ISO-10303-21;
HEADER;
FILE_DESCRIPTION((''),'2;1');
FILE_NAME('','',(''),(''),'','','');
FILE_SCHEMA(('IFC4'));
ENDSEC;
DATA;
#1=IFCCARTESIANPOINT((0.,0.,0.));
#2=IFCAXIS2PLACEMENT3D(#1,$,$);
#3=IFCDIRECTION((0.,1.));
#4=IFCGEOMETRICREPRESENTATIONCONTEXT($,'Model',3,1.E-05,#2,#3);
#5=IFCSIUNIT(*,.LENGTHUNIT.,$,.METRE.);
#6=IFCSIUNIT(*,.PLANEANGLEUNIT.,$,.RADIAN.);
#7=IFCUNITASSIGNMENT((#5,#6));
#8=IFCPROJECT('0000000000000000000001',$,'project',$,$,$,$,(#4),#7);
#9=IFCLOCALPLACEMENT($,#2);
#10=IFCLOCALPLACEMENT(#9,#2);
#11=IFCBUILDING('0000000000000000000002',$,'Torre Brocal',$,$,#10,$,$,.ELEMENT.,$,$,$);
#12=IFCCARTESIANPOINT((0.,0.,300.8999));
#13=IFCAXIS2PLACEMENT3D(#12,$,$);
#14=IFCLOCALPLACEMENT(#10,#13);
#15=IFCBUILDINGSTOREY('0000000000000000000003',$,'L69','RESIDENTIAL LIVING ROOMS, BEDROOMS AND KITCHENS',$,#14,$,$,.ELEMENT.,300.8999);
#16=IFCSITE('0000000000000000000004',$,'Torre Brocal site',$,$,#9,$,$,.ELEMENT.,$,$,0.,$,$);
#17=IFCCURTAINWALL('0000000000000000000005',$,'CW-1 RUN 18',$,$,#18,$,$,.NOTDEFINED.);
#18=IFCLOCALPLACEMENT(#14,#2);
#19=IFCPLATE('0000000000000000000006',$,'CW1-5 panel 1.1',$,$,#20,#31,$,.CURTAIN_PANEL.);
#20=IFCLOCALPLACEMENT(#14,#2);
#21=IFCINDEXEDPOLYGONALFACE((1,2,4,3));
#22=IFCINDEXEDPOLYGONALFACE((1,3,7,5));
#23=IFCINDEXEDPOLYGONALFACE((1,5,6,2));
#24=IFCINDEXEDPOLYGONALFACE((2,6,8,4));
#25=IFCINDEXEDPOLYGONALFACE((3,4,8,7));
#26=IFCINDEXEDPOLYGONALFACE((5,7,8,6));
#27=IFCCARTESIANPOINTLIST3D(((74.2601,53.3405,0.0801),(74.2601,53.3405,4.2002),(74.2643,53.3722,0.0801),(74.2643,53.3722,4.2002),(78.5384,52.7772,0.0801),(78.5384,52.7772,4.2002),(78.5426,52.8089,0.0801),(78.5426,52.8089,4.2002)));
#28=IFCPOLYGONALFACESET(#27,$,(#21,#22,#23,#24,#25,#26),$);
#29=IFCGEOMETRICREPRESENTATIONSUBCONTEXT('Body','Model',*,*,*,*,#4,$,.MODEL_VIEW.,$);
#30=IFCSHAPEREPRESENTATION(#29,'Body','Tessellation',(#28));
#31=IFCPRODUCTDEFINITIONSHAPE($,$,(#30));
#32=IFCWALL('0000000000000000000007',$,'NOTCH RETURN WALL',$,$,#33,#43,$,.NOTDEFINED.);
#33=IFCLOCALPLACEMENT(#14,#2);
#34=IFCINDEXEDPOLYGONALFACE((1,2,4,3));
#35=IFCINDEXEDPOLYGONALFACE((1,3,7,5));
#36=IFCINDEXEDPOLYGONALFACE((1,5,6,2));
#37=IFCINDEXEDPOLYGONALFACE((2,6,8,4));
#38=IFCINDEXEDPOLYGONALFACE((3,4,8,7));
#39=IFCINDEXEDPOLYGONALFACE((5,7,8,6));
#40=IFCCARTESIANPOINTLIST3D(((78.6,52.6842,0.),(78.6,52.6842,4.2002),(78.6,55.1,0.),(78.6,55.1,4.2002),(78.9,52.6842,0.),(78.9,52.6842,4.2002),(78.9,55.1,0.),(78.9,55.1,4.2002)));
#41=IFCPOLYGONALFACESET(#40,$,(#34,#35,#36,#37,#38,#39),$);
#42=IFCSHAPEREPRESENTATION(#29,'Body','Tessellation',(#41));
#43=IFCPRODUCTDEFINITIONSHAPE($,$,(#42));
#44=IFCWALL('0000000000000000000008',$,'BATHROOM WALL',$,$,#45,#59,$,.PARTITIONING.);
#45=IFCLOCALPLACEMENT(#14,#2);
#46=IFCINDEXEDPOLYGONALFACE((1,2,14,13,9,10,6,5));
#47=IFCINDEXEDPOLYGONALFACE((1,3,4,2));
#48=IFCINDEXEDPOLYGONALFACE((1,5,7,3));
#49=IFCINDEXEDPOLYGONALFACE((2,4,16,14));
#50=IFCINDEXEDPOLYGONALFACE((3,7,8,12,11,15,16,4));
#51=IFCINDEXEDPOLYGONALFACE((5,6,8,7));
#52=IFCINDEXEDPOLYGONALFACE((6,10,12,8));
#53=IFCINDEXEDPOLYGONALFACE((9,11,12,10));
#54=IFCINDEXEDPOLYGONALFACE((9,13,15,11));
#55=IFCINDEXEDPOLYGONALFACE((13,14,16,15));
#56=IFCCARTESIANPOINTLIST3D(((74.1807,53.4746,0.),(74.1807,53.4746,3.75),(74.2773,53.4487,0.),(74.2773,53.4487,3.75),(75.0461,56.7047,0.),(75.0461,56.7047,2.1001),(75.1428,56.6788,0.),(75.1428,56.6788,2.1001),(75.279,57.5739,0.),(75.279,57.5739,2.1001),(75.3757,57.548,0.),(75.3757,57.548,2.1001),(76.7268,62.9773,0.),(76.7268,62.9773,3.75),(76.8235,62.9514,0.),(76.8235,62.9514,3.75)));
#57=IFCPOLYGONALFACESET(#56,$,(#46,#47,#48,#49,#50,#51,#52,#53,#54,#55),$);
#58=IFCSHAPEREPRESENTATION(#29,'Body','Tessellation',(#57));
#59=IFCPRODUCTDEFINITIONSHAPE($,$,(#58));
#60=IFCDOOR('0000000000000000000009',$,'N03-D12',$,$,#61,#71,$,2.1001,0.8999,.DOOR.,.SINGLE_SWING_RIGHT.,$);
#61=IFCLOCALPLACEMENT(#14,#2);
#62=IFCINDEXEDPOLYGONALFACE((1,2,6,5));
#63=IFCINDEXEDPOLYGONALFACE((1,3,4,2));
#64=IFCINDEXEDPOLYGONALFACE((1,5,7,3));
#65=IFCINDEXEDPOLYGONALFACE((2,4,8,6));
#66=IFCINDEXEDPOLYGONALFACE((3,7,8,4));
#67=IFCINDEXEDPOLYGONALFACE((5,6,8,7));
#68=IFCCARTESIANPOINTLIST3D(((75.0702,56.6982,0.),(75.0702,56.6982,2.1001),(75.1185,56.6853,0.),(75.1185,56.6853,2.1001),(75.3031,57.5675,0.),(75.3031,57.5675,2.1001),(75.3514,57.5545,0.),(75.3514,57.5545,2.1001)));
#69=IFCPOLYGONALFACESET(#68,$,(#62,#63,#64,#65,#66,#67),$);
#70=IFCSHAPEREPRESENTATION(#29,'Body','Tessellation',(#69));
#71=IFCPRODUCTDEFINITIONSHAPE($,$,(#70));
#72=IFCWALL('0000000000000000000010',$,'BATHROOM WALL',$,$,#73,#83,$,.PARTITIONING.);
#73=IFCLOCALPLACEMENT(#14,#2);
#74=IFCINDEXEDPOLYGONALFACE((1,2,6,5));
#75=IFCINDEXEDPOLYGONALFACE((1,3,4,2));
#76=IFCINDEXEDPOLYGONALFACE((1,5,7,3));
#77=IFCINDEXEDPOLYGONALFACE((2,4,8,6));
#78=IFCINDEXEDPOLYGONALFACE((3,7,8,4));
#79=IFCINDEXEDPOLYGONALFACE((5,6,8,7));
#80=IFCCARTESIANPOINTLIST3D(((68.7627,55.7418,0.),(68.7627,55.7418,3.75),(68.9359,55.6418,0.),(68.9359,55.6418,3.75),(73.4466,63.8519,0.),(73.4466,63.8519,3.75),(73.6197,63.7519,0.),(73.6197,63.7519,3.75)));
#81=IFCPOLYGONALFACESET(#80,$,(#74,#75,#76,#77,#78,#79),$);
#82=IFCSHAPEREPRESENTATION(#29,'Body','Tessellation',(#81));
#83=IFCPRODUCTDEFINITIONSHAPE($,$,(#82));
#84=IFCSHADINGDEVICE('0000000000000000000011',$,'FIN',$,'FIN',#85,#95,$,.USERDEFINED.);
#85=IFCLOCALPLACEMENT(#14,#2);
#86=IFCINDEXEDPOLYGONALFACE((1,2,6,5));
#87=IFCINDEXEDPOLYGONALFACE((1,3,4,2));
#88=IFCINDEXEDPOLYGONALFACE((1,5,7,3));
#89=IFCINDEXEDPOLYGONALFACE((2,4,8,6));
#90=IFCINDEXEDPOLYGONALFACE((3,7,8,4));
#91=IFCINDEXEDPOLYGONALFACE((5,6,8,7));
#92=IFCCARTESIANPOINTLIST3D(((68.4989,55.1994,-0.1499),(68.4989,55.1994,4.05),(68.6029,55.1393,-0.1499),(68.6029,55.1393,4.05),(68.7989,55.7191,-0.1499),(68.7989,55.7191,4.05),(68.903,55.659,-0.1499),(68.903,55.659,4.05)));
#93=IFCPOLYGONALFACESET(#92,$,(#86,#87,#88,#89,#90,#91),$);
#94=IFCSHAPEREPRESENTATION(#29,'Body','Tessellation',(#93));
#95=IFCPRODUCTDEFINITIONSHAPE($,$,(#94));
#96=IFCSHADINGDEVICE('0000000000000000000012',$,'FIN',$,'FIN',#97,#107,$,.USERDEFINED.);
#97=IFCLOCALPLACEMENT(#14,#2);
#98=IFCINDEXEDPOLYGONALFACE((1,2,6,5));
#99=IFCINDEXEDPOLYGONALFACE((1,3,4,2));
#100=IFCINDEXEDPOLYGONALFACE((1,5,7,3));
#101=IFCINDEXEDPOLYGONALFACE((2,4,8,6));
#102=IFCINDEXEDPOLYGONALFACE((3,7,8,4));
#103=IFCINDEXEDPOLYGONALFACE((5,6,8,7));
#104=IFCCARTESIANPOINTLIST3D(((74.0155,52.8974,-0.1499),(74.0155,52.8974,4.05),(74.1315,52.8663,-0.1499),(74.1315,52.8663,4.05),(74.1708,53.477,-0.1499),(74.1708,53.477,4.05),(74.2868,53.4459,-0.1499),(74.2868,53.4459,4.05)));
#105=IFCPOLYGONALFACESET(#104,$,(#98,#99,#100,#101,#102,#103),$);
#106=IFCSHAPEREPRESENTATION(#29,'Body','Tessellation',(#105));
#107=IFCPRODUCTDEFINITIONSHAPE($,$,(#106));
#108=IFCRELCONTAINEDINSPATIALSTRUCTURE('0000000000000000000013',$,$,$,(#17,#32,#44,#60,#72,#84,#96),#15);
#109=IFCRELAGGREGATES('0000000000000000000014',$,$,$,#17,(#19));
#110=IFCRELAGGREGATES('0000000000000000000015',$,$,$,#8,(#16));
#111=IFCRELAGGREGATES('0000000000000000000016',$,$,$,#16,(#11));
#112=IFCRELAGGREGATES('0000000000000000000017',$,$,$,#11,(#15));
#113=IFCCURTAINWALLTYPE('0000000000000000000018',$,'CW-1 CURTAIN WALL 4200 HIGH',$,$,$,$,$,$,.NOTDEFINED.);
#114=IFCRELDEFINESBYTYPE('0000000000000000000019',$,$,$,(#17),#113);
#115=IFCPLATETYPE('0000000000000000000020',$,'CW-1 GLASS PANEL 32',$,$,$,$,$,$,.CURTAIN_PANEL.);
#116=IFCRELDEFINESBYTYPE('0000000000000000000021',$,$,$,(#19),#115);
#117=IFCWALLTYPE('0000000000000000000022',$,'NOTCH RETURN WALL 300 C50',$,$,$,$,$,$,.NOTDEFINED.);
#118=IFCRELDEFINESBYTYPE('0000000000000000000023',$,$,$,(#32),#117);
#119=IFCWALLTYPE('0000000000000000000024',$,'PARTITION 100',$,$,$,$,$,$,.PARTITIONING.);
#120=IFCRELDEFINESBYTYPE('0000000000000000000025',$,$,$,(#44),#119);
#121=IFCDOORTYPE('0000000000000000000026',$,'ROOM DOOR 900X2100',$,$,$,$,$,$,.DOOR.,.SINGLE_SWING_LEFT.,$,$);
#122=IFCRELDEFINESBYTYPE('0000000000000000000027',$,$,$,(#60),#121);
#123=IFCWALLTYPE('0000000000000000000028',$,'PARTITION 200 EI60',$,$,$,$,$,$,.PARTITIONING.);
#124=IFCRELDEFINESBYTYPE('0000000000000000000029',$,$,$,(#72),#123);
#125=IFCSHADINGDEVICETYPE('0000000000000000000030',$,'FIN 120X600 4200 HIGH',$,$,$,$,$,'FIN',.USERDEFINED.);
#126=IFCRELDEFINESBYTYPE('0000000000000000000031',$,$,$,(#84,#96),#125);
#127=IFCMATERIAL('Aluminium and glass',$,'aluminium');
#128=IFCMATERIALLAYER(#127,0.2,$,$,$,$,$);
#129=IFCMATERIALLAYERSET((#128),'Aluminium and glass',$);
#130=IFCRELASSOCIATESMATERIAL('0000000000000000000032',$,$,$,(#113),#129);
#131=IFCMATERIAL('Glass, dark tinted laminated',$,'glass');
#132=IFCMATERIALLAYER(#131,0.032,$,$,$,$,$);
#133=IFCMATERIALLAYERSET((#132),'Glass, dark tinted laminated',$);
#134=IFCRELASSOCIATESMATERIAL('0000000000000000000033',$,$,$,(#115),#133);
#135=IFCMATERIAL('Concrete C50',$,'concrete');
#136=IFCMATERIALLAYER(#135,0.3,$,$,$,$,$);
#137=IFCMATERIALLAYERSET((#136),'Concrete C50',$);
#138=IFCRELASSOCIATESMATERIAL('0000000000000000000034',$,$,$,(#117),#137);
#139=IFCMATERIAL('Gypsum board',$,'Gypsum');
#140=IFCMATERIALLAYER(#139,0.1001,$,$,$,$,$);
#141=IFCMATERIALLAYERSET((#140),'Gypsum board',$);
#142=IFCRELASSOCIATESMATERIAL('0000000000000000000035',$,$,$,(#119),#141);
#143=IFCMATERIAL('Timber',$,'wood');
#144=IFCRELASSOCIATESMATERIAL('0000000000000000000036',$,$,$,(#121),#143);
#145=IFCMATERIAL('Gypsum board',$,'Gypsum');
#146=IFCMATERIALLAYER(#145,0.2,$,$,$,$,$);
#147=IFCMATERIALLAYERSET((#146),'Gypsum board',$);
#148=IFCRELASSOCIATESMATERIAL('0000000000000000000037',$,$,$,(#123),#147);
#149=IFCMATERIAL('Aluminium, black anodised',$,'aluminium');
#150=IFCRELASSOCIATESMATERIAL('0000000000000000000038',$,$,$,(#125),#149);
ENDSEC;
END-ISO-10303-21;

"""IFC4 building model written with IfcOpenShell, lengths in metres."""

from ifc_helpers import new_model, si_unit, direction, frame, frame_2d, origin, origin_2d, place, context, subcontext, project, spatial, rectangle, extrude, material, layer, layer_set, material_profile, profile_set, type_object, element, fill, aggregate, save


model = new_model("IFC4")

# Units and contexts
model_context = context("Model", 3, precision=1e-05, world=origin(), true_north=direction((0.0, 1.0)))
body_context = subcontext(model_context, "Body", "Model", "MODEL_VIEW")
ifc_project = project(units=[si_unit("LENGTHUNIT", "METRE"), si_unit("PLANEANGLEUNIT", "RADIAN")], contexts=[model_context])

# Site, building, storey
site_placement = place(None, origin())
site = spatial("IfcSite", under=ifc_project, at=site_placement, Name="Torre Brocal site", CompositionType="ELEMENT", RefElevation=0.0)
building_placement = place(site_placement, origin())
building = spatial("IfcBuilding", under=site, at=building_placement, Name="Torre Brocal", CompositionType="ELEMENT")
storey_placement = place(building_placement, frame((0.0, 0.0, 300.8999)))
storey = spatial("IfcBuildingStorey", under=building, at=storey_placement, Name="L69", Description="RESIDENTIAL LIVING ROOMS, BEDROOMS AND KITCHENS", CompositionType="ELEMENT", Elevation=300.8999)

# Shared definitions
ifc_material_1 = material(Name="Aluminium and glass", Category="aluminium")
ifc_layer_1 = layer(ifc_material_1, 0.2)
ifc_layer_set_1 = layer_set([ifc_layer_1], Name="Aluminium and glass")
curtain_wall_type = type_object("IfcCurtainWallType", Name="CW-1 CURTAIN WALL 4200 HIGH", PredefinedType="NOTDEFINED", material=ifc_layer_set_1)

# Curtain wall
curtain_wall_1_placement = place(storey_placement, origin())
curtain_wall_1 = element("IfcCurtainWall", 1, at=curtain_wall_1_placement, inside=storey, type_object=curtain_wall_type, Name="CW-1 RUN 18", PredefinedType="NOTDEFINED")

# Plate
ifc_material_2 = material(Name="Glass, dark tinted laminated", Category="glass")
ifc_layer_2 = layer(ifc_material_2, 0.032)
ifc_layer_set_2 = layer_set([ifc_layer_2], Name="Glass, dark tinted laminated")
plate_type = type_object("IfcPlateType", Name="CW-1 GLASS PANEL 32", PredefinedType="CURTAIN_PANEL", material=ifc_layer_set_2)
plate_1_placement = place(storey_placement, frame((76.4014, 53.0747, 0.0801), z_axis=(0.0, 0.0, 1.0), x_axis=(0.991445, -0.130526, 0.0)))
plate_1 = element("IfcPlate", 2, at=plate_1_placement, type_object=plate_type, Name="CW1-5 panel 1.1", PredefinedType="CURTAIN_PANEL", context=body_context, shape_type="SweptSolid", body=[
    extrude(rectangle(XDim=4.3152, YDim=0.032, at=origin_2d()), origin(), (0.0, 0.0, 1.0), 4.1201),
])
aggregate(curtain_wall_1, [plate_1])

# Wall
ifc_material_3 = material(Name="Concrete C50", Category="concrete")
ifc_layer_3 = layer(ifc_material_3, 0.3)
ifc_layer_set_3 = layer_set([ifc_layer_3], Name="Concrete C50")
wall_type_1 = type_object("IfcWallType", Name="NOTCH RETURN WALL 300 C50", PredefinedType="NOTDEFINED", material=ifc_layer_set_3)
wall_1_placement = place(storey_placement, frame((78.75, 55.1001, 0.0), z_axis=(0.0, 0.0, 1.0), x_axis=(0.0, -1.0, 0.0)))
element("IfcWall", 3, at=wall_1_placement, inside=storey, type_object=wall_type_1, Name="NOTCH RETURN WALL", PredefinedType="NOTDEFINED", context=body_context, shape_type="SweptSolid", body=[
    extrude(rectangle(XDim=2.4158, YDim=0.3, at=frame_2d((1.208, 0.0))), origin(), (0.0, 0.0, 1.0), 4.2002),
])

# Wall, opening, door
ifc_material_4 = material(Name="Gypsum board", Category="Gypsum")
ifc_layer_4 = layer(ifc_material_4, 0.1001)
ifc_layer_set_4 = layer_set([ifc_layer_4], Name="Gypsum board")
wall_type_2 = type_object("IfcWallType", Name="PARTITION 100", PredefinedType="PARTITIONING", material=ifc_layer_set_4)
wall_2_placement = place(storey_placement, frame((74.229, 53.4617, 0.0), z_axis=(0.0, 0.0, 1.0), x_axis=(0.25881, 0.965928, 0.0)))
wall_2 = element("IfcWall", 4, at=wall_2_placement, inside=storey, type_object=wall_type_2, Name="BATHROOM WALL", PredefinedType="PARTITIONING", context=body_context, shape_type="SweptSolid", body=[
    extrude(rectangle(XDim=9.8379, YDim=0.1001, at=frame_2d((4.9189, 0.0))), origin(), (0.0, 0.0, 1.0), 3.75),
])
opening_placement = place(wall_2_placement, frame((3.344, 0.0, 0.0)))
opening = element("IfcOpeningElement", 5, at=opening_placement, cuts=wall_2, PredefinedType="OPENING", context=body_context, shape_type="SweptSolid", body=[
    extrude(rectangle(XDim=0.8999, YDim=2.1001, at=frame_2d((0.45, 1.05))), frame((0.0, 0.0601, 0.0), z_axis=(0.0, -1.0, 0.0), x_axis=(1.0, 0.0, 0.0)), (0.0, 0.0, 1.0), 0.1201),
])
ifc_material_5 = material(Name="Timber", Category="wood")
door_type = type_object("IfcDoorType", Name="ROOM DOOR 900X2100", OperationType="SINGLE_SWING_LEFT", PredefinedType="DOOR", material=ifc_material_5)
door_placement = place(opening_placement, frame((0.8999, 0.0, 0.0), z_axis=(0.0, 0.0, 1.0), x_axis=(-1.0, 0.0, 0.0)))
door = element("IfcDoor", 6, at=door_placement, inside=storey, type_object=door_type, Name="N03-D12", OperationType="SINGLE_SWING_RIGHT", OverallHeight=2.1001, OverallWidth=0.8999, PredefinedType="DOOR", context=body_context, shape_type="SweptSolid", body=[
    extrude(rectangle(XDim=0.8999, YDim=2.1001, at=frame_2d((0.45, 1.05))), frame((0.0, 0.0249, 0.0), z_axis=(0.0, -1.0, 0.0), x_axis=(1.0, 0.0, 0.0)), (0.0, 0.0, 1.0), 0.05),
])
fill(opening, door)

# Wall
ifc_material_6 = material(Name="Gypsum board", Category="Gypsum")
ifc_layer_5 = layer(ifc_material_6, 0.2)
ifc_layer_set_5 = layer_set([ifc_layer_5], Name="Gypsum board")
wall_type_3 = type_object("IfcWallType", Name="PARTITION 200 EI60", PredefinedType="PARTITIONING", material=ifc_layer_set_5)
wall_3_placement = place(storey_placement, frame((68.8494, 55.6919, 0.0), z_axis=(0.0, 0.0, 1.0), x_axis=(0.500117, 0.865958, 0.0)))
element("IfcWall", 7, at=wall_3_placement, inside=storey, type_object=wall_type_3, Name="BATHROOM WALL", PredefinedType="PARTITIONING", context=body_context, shape_type="SweptSolid", body=[
    extrude(rectangle(XDim=9.3655, YDim=0.2, at=frame_2d((4.6826, 0.0))), origin(), (0.0, 0.0, 1.0), 3.75),
])

# Shading devices
ifc_material_7 = material(Name="Aluminium, black anodised", Category="aluminium")
ifc_material_profile_1 = material_profile(ifc_material_7, rectangle(XDim=0.1201, YDim=0.6001, at=origin_2d()), Name="FIN 120X600 4200 HIGH")
ifc_profile_set_1 = profile_set([ifc_material_profile_1], Name="Aluminium, black anodised")
shading_device_type = type_object("IfcShadingDeviceType", Name="FIN 120X600 4200 HIGH", ElementType="FIN", PredefinedType="USERDEFINED", material=ifc_profile_set_1)
for number, where, z_axis, x_axis, name in (
    (8, (68.7009, 55.4292, -0.1499), (0.0, 0.0, 1.0), (0.866025, -0.5, 0.0), "FIN"),
    (9, (74.1511, 53.1716, -0.1499), (0.0, 0.0, 1.0), (0.965926, -0.258819, 0.0), "FIN"),
):
    element("IfcShadingDevice", number, at=place(storey_placement, frame(where, z_axis=z_axis, x_axis=x_axis)), inside=storey, type_object=shading_device_type, Name=name, ObjectType="FIN", PredefinedType="USERDEFINED", context=body_context, shape_type="SweptSolid", body=[
        extrude(rectangle(XDim=0.1201, YDim=0.6001, at=origin_2d()), origin(), (0.0, 0.0, 1.0), 4.2),
    ])

save(model, "model.ifc")
